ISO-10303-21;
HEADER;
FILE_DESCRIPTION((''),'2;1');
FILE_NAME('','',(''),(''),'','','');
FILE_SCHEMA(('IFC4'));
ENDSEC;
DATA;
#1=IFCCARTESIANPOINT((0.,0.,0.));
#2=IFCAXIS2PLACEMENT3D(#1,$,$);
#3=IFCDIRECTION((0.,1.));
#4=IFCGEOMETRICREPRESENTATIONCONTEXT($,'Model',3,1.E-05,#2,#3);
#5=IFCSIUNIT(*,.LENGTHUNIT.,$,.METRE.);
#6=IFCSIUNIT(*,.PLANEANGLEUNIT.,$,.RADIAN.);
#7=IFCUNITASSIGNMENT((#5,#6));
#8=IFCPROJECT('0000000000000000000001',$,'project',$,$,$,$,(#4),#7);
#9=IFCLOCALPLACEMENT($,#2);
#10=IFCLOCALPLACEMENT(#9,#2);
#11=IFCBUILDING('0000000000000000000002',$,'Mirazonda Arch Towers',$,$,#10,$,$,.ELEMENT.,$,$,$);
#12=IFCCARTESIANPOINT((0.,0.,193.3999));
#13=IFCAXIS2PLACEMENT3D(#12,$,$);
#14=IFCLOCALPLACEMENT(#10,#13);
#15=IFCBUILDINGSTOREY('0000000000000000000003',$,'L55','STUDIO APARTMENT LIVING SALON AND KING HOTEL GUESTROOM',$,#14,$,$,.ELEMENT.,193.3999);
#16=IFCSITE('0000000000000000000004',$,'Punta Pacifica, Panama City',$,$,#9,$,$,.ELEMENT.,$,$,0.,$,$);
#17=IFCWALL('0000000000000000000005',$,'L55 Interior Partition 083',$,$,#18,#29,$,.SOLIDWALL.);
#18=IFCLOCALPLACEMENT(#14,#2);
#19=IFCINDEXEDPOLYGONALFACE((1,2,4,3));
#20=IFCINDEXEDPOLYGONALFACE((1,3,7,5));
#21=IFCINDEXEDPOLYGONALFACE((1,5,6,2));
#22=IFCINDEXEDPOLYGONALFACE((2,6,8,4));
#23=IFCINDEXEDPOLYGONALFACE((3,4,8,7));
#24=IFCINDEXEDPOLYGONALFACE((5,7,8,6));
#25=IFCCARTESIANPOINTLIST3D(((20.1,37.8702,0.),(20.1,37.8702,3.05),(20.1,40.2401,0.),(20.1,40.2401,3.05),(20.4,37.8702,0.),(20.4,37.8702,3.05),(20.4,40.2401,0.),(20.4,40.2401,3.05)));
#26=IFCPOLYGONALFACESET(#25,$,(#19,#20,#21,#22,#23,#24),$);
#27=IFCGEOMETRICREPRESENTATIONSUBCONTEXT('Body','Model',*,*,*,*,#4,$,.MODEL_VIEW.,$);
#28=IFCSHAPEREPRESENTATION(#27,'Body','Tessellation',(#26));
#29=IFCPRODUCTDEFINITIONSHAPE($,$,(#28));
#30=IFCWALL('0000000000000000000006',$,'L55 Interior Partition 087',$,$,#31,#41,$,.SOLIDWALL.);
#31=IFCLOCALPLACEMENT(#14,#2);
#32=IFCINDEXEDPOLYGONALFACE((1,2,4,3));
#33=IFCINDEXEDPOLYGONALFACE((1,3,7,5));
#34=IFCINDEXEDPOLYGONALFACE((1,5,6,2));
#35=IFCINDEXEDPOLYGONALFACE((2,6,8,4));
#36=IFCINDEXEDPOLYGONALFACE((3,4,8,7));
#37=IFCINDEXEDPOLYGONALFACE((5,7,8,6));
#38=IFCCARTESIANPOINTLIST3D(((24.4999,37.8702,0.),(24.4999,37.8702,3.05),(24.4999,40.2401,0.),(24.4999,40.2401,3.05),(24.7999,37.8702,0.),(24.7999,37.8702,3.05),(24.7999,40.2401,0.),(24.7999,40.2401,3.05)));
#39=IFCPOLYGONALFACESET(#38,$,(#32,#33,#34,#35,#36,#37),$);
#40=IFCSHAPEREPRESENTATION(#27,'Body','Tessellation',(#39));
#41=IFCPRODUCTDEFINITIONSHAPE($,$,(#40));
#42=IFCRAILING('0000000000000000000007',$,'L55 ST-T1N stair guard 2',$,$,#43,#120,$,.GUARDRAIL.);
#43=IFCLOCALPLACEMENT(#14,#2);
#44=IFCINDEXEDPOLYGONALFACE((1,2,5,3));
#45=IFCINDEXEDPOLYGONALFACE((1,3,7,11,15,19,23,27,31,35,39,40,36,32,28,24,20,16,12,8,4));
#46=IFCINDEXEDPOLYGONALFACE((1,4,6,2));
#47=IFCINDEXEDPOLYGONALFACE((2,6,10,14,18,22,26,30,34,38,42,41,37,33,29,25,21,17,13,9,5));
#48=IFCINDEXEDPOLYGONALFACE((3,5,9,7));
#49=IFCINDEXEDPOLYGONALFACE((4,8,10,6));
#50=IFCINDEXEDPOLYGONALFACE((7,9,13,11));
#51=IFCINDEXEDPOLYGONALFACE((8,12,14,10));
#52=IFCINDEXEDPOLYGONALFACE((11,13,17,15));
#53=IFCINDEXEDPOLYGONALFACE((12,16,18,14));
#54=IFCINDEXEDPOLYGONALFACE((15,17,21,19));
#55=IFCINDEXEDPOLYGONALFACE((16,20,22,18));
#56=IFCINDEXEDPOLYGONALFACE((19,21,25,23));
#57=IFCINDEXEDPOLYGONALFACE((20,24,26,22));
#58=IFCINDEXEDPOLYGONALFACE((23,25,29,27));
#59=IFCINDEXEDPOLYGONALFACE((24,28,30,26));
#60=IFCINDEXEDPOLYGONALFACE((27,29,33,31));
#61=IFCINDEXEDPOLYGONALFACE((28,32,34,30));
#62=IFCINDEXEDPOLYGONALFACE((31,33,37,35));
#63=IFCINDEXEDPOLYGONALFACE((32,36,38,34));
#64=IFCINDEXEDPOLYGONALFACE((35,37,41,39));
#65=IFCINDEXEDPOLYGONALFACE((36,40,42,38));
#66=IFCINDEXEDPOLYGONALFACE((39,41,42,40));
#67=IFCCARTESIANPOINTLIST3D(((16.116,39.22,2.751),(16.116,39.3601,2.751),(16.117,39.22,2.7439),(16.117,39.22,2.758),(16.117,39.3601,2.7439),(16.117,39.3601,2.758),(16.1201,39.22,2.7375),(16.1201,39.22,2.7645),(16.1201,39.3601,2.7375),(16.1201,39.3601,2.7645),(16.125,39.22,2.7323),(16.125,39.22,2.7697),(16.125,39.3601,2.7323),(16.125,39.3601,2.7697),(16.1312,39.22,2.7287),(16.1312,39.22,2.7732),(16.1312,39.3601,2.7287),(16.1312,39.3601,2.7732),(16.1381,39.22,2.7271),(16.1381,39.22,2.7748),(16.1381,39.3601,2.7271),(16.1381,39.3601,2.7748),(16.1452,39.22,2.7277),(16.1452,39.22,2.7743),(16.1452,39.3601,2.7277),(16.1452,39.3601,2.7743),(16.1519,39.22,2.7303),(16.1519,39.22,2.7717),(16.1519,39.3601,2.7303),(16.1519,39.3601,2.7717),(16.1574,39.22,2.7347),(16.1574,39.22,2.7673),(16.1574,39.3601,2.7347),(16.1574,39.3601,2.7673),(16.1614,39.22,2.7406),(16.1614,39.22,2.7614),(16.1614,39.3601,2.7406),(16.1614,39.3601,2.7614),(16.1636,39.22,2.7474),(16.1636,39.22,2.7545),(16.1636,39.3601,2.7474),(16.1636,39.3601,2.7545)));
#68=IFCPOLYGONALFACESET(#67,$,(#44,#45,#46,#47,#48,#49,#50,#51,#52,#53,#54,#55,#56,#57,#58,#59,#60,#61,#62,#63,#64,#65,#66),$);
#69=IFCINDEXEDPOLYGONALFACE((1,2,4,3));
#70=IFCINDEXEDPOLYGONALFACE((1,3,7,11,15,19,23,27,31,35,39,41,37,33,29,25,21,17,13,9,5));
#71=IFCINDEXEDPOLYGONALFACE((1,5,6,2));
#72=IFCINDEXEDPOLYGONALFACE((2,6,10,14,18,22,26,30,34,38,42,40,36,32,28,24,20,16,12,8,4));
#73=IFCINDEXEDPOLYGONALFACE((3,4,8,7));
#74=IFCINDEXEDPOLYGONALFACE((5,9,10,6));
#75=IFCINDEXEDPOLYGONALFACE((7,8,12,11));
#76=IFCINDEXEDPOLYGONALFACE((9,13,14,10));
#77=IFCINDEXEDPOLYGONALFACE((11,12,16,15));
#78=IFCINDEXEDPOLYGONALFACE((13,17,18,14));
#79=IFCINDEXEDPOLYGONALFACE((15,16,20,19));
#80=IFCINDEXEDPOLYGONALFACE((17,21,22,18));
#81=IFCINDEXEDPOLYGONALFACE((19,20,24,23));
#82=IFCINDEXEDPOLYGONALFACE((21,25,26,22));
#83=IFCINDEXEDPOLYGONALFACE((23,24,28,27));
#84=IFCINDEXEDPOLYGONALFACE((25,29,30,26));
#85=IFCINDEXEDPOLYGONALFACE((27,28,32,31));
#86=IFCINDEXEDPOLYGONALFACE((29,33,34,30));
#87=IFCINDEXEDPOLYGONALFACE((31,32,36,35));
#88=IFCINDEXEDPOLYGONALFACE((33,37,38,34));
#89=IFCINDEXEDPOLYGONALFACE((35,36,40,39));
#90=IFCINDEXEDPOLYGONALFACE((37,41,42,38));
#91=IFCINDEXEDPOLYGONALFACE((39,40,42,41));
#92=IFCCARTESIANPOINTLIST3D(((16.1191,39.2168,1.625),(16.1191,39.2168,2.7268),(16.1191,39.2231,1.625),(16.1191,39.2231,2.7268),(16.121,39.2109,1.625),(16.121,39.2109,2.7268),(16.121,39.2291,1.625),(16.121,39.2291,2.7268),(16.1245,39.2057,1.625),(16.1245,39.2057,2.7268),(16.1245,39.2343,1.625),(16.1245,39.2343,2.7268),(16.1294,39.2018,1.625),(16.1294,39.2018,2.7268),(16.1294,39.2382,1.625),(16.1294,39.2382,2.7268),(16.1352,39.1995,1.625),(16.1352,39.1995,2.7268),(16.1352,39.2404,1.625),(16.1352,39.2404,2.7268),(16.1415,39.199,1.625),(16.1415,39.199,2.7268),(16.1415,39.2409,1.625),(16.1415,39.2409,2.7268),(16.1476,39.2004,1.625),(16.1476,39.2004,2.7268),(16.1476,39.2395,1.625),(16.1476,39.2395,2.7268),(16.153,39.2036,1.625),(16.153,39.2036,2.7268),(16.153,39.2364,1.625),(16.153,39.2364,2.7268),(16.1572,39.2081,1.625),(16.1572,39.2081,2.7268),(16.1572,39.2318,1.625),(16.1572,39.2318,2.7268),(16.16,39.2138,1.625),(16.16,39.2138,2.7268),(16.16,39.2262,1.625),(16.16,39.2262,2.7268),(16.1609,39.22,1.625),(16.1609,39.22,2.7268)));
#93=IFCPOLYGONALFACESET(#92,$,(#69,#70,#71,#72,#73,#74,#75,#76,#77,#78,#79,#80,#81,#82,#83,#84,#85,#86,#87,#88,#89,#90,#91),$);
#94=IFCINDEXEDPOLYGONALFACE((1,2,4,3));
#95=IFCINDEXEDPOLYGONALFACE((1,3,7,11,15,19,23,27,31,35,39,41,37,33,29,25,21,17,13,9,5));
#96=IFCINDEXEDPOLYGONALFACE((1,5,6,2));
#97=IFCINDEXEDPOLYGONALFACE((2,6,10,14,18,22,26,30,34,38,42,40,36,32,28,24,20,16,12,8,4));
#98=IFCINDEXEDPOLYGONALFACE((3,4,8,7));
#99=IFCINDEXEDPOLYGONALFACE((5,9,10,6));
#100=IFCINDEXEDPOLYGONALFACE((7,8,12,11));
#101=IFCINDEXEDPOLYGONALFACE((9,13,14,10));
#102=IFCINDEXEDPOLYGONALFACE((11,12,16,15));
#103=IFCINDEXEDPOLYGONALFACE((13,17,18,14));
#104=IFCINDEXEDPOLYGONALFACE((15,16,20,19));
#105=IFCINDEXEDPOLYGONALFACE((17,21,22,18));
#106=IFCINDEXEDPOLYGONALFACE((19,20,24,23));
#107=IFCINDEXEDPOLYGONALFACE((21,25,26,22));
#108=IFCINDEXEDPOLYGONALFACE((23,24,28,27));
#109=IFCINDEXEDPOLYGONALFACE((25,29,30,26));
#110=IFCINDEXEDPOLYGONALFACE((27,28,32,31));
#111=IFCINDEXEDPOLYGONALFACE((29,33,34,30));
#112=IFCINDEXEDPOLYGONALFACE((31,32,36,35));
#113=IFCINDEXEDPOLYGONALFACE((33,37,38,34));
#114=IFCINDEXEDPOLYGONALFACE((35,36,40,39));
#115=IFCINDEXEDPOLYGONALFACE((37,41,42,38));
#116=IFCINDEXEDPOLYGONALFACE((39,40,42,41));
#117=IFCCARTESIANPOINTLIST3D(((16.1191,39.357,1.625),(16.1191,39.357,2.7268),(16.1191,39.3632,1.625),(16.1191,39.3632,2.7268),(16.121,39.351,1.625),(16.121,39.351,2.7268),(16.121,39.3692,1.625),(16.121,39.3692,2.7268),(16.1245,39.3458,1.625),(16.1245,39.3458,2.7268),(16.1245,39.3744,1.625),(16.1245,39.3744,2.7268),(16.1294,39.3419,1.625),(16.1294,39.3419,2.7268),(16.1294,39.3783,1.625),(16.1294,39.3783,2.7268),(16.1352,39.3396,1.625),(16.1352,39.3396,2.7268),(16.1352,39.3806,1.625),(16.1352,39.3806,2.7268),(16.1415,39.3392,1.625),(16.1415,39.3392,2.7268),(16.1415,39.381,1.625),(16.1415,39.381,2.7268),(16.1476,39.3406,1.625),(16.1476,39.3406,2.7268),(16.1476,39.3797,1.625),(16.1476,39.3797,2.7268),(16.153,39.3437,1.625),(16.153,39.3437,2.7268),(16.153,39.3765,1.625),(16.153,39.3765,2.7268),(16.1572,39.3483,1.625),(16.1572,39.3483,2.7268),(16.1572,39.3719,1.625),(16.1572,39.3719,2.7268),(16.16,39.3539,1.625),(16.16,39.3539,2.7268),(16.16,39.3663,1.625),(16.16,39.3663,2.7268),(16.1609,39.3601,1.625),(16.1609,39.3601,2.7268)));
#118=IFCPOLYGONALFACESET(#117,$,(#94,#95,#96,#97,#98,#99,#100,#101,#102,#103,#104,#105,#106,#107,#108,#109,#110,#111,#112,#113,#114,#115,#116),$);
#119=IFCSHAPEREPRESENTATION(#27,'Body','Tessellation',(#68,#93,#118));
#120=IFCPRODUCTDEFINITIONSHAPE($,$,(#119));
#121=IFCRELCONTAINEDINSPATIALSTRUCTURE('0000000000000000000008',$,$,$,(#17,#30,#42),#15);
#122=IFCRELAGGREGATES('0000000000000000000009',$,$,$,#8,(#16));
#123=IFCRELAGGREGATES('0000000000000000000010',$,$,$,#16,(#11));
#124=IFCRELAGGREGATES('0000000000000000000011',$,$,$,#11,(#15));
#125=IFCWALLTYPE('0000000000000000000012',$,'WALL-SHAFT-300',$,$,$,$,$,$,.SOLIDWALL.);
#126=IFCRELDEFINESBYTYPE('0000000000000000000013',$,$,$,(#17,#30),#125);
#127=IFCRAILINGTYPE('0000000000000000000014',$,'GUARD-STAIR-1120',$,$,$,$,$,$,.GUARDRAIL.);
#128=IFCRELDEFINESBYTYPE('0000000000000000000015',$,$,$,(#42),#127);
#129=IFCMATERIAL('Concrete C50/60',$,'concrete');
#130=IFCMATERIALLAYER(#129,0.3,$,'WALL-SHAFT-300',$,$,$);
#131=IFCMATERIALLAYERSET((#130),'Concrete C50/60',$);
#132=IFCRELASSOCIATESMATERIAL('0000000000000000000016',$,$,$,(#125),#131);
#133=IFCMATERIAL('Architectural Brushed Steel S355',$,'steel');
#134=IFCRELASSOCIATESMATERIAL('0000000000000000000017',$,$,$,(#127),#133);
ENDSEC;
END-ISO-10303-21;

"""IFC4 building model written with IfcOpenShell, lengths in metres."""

from ifc_helpers import new_model, si_unit, direction, frame, frame_2d, origin, origin_2d, place, context, subcontext, project, spatial, rectangle, circle, extrude, material, layer, layer_set, type_object, element, save


model = new_model("IFC4")

# Units and contexts
model_context = context("Model", 3, precision=1e-05, world=origin(), true_north=direction((0.0, 1.0)))
body_context = subcontext(model_context, "Body", "Model", "MODEL_VIEW")
ifc_project = project(units=[si_unit("LENGTHUNIT", "METRE"), si_unit("PLANEANGLEUNIT", "RADIAN")], contexts=[model_context])

# Site, building, storey
site_placement = place(None, origin())
site = spatial("IfcSite", under=ifc_project, at=site_placement, Name="Punta Pacifica, Panama City", CompositionType="ELEMENT", RefElevation=0.0)
building_placement = place(site_placement, origin())
building = spatial("IfcBuilding", under=site, at=building_placement, Name="Mirazonda Arch Towers", CompositionType="ELEMENT")
storey_placement = place(building_placement, frame((0.0, 0.0, 193.3999)))
storey = spatial("IfcBuildingStorey", under=building, at=storey_placement, Name="L55", Description="STUDIO APARTMENT LIVING SALON AND KING HOTEL GUESTROOM", CompositionType="ELEMENT", Elevation=193.3999)

# Shared definitions
ifc_material_1 = material(Name="Concrete C50/60", Category="concrete")

# Walls
ifc_layer_1 = layer(ifc_material_1, 0.3, Name="WALL-SHAFT-300")
ifc_layer_set_1 = layer_set([ifc_layer_1], Name="Concrete C50/60")
wall_type_1 = type_object("IfcWallType", Name="WALL-SHAFT-300", PredefinedType="SOLIDWALL", material=ifc_layer_set_1)
for number, where, z_axis, x_axis, name in (
    (1, (20.25, 37.8701, 0.0), (0.0, 0.0, 1.0), (0.0, 1.0, 0.0), "L55 Interior Partition 083"),
    (2, (24.6499, 37.8701, 0.0), (0.0, 0.0, 1.0), (0.0, 1.0, 0.0), "L55 Interior Partition 087"),
):
    element("IfcWall", number, at=place(storey_placement, frame(where, z_axis=z_axis, x_axis=x_axis)), inside=storey, type_object=wall_type_1, Name=name, PredefinedType="SOLIDWALL", context=body_context, shape_type="SweptSolid", body=[
        extrude(rectangle(XDim=2.3699, YDim=0.3, at=frame_2d((1.1851, 0.0))), origin(), (0.0, 0.0, 1.0), 3.05),
    ])

# Railing
ifc_material_2 = material(Name="Architectural Brushed Steel S355", Category="steel")
railing_type_1 = type_object("IfcRailingType", Name="GUARD-STAIR-1120", PredefinedType="GUARDRAIL", material=ifc_material_2)
railing_1_placement = place(storey_placement, frame((16.1399, 39.22, 1.625)))
element("IfcRailing", 3, at=railing_1_placement, inside=storey, type_object=railing_type_1, Name="L55 ST-T1N stair guard 2", PredefinedType="GUARDRAIL", context=body_context, shape_type="SweptSolid", body=[
    extrude(circle(Radius=0.0239, at=origin_2d()), frame((0.0, 0.0, 1.126), z_axis=(0.0, 1.0, 0.0), x_axis=(-1.0, 0.0, 0.0)), (0.0, 0.0, 1.0), 0.1401),
    extrude(circle(Radius=0.021, at=origin_2d()), origin(), (0.0, 0.0, 1.0), 1.1018),
    extrude(circle(Radius=0.021, at=origin_2d()), frame((0.0, 0.1401, 0.0)), (0.0, 0.0, 1.0), 1.1018),
])

save(model, "model.ifc")
